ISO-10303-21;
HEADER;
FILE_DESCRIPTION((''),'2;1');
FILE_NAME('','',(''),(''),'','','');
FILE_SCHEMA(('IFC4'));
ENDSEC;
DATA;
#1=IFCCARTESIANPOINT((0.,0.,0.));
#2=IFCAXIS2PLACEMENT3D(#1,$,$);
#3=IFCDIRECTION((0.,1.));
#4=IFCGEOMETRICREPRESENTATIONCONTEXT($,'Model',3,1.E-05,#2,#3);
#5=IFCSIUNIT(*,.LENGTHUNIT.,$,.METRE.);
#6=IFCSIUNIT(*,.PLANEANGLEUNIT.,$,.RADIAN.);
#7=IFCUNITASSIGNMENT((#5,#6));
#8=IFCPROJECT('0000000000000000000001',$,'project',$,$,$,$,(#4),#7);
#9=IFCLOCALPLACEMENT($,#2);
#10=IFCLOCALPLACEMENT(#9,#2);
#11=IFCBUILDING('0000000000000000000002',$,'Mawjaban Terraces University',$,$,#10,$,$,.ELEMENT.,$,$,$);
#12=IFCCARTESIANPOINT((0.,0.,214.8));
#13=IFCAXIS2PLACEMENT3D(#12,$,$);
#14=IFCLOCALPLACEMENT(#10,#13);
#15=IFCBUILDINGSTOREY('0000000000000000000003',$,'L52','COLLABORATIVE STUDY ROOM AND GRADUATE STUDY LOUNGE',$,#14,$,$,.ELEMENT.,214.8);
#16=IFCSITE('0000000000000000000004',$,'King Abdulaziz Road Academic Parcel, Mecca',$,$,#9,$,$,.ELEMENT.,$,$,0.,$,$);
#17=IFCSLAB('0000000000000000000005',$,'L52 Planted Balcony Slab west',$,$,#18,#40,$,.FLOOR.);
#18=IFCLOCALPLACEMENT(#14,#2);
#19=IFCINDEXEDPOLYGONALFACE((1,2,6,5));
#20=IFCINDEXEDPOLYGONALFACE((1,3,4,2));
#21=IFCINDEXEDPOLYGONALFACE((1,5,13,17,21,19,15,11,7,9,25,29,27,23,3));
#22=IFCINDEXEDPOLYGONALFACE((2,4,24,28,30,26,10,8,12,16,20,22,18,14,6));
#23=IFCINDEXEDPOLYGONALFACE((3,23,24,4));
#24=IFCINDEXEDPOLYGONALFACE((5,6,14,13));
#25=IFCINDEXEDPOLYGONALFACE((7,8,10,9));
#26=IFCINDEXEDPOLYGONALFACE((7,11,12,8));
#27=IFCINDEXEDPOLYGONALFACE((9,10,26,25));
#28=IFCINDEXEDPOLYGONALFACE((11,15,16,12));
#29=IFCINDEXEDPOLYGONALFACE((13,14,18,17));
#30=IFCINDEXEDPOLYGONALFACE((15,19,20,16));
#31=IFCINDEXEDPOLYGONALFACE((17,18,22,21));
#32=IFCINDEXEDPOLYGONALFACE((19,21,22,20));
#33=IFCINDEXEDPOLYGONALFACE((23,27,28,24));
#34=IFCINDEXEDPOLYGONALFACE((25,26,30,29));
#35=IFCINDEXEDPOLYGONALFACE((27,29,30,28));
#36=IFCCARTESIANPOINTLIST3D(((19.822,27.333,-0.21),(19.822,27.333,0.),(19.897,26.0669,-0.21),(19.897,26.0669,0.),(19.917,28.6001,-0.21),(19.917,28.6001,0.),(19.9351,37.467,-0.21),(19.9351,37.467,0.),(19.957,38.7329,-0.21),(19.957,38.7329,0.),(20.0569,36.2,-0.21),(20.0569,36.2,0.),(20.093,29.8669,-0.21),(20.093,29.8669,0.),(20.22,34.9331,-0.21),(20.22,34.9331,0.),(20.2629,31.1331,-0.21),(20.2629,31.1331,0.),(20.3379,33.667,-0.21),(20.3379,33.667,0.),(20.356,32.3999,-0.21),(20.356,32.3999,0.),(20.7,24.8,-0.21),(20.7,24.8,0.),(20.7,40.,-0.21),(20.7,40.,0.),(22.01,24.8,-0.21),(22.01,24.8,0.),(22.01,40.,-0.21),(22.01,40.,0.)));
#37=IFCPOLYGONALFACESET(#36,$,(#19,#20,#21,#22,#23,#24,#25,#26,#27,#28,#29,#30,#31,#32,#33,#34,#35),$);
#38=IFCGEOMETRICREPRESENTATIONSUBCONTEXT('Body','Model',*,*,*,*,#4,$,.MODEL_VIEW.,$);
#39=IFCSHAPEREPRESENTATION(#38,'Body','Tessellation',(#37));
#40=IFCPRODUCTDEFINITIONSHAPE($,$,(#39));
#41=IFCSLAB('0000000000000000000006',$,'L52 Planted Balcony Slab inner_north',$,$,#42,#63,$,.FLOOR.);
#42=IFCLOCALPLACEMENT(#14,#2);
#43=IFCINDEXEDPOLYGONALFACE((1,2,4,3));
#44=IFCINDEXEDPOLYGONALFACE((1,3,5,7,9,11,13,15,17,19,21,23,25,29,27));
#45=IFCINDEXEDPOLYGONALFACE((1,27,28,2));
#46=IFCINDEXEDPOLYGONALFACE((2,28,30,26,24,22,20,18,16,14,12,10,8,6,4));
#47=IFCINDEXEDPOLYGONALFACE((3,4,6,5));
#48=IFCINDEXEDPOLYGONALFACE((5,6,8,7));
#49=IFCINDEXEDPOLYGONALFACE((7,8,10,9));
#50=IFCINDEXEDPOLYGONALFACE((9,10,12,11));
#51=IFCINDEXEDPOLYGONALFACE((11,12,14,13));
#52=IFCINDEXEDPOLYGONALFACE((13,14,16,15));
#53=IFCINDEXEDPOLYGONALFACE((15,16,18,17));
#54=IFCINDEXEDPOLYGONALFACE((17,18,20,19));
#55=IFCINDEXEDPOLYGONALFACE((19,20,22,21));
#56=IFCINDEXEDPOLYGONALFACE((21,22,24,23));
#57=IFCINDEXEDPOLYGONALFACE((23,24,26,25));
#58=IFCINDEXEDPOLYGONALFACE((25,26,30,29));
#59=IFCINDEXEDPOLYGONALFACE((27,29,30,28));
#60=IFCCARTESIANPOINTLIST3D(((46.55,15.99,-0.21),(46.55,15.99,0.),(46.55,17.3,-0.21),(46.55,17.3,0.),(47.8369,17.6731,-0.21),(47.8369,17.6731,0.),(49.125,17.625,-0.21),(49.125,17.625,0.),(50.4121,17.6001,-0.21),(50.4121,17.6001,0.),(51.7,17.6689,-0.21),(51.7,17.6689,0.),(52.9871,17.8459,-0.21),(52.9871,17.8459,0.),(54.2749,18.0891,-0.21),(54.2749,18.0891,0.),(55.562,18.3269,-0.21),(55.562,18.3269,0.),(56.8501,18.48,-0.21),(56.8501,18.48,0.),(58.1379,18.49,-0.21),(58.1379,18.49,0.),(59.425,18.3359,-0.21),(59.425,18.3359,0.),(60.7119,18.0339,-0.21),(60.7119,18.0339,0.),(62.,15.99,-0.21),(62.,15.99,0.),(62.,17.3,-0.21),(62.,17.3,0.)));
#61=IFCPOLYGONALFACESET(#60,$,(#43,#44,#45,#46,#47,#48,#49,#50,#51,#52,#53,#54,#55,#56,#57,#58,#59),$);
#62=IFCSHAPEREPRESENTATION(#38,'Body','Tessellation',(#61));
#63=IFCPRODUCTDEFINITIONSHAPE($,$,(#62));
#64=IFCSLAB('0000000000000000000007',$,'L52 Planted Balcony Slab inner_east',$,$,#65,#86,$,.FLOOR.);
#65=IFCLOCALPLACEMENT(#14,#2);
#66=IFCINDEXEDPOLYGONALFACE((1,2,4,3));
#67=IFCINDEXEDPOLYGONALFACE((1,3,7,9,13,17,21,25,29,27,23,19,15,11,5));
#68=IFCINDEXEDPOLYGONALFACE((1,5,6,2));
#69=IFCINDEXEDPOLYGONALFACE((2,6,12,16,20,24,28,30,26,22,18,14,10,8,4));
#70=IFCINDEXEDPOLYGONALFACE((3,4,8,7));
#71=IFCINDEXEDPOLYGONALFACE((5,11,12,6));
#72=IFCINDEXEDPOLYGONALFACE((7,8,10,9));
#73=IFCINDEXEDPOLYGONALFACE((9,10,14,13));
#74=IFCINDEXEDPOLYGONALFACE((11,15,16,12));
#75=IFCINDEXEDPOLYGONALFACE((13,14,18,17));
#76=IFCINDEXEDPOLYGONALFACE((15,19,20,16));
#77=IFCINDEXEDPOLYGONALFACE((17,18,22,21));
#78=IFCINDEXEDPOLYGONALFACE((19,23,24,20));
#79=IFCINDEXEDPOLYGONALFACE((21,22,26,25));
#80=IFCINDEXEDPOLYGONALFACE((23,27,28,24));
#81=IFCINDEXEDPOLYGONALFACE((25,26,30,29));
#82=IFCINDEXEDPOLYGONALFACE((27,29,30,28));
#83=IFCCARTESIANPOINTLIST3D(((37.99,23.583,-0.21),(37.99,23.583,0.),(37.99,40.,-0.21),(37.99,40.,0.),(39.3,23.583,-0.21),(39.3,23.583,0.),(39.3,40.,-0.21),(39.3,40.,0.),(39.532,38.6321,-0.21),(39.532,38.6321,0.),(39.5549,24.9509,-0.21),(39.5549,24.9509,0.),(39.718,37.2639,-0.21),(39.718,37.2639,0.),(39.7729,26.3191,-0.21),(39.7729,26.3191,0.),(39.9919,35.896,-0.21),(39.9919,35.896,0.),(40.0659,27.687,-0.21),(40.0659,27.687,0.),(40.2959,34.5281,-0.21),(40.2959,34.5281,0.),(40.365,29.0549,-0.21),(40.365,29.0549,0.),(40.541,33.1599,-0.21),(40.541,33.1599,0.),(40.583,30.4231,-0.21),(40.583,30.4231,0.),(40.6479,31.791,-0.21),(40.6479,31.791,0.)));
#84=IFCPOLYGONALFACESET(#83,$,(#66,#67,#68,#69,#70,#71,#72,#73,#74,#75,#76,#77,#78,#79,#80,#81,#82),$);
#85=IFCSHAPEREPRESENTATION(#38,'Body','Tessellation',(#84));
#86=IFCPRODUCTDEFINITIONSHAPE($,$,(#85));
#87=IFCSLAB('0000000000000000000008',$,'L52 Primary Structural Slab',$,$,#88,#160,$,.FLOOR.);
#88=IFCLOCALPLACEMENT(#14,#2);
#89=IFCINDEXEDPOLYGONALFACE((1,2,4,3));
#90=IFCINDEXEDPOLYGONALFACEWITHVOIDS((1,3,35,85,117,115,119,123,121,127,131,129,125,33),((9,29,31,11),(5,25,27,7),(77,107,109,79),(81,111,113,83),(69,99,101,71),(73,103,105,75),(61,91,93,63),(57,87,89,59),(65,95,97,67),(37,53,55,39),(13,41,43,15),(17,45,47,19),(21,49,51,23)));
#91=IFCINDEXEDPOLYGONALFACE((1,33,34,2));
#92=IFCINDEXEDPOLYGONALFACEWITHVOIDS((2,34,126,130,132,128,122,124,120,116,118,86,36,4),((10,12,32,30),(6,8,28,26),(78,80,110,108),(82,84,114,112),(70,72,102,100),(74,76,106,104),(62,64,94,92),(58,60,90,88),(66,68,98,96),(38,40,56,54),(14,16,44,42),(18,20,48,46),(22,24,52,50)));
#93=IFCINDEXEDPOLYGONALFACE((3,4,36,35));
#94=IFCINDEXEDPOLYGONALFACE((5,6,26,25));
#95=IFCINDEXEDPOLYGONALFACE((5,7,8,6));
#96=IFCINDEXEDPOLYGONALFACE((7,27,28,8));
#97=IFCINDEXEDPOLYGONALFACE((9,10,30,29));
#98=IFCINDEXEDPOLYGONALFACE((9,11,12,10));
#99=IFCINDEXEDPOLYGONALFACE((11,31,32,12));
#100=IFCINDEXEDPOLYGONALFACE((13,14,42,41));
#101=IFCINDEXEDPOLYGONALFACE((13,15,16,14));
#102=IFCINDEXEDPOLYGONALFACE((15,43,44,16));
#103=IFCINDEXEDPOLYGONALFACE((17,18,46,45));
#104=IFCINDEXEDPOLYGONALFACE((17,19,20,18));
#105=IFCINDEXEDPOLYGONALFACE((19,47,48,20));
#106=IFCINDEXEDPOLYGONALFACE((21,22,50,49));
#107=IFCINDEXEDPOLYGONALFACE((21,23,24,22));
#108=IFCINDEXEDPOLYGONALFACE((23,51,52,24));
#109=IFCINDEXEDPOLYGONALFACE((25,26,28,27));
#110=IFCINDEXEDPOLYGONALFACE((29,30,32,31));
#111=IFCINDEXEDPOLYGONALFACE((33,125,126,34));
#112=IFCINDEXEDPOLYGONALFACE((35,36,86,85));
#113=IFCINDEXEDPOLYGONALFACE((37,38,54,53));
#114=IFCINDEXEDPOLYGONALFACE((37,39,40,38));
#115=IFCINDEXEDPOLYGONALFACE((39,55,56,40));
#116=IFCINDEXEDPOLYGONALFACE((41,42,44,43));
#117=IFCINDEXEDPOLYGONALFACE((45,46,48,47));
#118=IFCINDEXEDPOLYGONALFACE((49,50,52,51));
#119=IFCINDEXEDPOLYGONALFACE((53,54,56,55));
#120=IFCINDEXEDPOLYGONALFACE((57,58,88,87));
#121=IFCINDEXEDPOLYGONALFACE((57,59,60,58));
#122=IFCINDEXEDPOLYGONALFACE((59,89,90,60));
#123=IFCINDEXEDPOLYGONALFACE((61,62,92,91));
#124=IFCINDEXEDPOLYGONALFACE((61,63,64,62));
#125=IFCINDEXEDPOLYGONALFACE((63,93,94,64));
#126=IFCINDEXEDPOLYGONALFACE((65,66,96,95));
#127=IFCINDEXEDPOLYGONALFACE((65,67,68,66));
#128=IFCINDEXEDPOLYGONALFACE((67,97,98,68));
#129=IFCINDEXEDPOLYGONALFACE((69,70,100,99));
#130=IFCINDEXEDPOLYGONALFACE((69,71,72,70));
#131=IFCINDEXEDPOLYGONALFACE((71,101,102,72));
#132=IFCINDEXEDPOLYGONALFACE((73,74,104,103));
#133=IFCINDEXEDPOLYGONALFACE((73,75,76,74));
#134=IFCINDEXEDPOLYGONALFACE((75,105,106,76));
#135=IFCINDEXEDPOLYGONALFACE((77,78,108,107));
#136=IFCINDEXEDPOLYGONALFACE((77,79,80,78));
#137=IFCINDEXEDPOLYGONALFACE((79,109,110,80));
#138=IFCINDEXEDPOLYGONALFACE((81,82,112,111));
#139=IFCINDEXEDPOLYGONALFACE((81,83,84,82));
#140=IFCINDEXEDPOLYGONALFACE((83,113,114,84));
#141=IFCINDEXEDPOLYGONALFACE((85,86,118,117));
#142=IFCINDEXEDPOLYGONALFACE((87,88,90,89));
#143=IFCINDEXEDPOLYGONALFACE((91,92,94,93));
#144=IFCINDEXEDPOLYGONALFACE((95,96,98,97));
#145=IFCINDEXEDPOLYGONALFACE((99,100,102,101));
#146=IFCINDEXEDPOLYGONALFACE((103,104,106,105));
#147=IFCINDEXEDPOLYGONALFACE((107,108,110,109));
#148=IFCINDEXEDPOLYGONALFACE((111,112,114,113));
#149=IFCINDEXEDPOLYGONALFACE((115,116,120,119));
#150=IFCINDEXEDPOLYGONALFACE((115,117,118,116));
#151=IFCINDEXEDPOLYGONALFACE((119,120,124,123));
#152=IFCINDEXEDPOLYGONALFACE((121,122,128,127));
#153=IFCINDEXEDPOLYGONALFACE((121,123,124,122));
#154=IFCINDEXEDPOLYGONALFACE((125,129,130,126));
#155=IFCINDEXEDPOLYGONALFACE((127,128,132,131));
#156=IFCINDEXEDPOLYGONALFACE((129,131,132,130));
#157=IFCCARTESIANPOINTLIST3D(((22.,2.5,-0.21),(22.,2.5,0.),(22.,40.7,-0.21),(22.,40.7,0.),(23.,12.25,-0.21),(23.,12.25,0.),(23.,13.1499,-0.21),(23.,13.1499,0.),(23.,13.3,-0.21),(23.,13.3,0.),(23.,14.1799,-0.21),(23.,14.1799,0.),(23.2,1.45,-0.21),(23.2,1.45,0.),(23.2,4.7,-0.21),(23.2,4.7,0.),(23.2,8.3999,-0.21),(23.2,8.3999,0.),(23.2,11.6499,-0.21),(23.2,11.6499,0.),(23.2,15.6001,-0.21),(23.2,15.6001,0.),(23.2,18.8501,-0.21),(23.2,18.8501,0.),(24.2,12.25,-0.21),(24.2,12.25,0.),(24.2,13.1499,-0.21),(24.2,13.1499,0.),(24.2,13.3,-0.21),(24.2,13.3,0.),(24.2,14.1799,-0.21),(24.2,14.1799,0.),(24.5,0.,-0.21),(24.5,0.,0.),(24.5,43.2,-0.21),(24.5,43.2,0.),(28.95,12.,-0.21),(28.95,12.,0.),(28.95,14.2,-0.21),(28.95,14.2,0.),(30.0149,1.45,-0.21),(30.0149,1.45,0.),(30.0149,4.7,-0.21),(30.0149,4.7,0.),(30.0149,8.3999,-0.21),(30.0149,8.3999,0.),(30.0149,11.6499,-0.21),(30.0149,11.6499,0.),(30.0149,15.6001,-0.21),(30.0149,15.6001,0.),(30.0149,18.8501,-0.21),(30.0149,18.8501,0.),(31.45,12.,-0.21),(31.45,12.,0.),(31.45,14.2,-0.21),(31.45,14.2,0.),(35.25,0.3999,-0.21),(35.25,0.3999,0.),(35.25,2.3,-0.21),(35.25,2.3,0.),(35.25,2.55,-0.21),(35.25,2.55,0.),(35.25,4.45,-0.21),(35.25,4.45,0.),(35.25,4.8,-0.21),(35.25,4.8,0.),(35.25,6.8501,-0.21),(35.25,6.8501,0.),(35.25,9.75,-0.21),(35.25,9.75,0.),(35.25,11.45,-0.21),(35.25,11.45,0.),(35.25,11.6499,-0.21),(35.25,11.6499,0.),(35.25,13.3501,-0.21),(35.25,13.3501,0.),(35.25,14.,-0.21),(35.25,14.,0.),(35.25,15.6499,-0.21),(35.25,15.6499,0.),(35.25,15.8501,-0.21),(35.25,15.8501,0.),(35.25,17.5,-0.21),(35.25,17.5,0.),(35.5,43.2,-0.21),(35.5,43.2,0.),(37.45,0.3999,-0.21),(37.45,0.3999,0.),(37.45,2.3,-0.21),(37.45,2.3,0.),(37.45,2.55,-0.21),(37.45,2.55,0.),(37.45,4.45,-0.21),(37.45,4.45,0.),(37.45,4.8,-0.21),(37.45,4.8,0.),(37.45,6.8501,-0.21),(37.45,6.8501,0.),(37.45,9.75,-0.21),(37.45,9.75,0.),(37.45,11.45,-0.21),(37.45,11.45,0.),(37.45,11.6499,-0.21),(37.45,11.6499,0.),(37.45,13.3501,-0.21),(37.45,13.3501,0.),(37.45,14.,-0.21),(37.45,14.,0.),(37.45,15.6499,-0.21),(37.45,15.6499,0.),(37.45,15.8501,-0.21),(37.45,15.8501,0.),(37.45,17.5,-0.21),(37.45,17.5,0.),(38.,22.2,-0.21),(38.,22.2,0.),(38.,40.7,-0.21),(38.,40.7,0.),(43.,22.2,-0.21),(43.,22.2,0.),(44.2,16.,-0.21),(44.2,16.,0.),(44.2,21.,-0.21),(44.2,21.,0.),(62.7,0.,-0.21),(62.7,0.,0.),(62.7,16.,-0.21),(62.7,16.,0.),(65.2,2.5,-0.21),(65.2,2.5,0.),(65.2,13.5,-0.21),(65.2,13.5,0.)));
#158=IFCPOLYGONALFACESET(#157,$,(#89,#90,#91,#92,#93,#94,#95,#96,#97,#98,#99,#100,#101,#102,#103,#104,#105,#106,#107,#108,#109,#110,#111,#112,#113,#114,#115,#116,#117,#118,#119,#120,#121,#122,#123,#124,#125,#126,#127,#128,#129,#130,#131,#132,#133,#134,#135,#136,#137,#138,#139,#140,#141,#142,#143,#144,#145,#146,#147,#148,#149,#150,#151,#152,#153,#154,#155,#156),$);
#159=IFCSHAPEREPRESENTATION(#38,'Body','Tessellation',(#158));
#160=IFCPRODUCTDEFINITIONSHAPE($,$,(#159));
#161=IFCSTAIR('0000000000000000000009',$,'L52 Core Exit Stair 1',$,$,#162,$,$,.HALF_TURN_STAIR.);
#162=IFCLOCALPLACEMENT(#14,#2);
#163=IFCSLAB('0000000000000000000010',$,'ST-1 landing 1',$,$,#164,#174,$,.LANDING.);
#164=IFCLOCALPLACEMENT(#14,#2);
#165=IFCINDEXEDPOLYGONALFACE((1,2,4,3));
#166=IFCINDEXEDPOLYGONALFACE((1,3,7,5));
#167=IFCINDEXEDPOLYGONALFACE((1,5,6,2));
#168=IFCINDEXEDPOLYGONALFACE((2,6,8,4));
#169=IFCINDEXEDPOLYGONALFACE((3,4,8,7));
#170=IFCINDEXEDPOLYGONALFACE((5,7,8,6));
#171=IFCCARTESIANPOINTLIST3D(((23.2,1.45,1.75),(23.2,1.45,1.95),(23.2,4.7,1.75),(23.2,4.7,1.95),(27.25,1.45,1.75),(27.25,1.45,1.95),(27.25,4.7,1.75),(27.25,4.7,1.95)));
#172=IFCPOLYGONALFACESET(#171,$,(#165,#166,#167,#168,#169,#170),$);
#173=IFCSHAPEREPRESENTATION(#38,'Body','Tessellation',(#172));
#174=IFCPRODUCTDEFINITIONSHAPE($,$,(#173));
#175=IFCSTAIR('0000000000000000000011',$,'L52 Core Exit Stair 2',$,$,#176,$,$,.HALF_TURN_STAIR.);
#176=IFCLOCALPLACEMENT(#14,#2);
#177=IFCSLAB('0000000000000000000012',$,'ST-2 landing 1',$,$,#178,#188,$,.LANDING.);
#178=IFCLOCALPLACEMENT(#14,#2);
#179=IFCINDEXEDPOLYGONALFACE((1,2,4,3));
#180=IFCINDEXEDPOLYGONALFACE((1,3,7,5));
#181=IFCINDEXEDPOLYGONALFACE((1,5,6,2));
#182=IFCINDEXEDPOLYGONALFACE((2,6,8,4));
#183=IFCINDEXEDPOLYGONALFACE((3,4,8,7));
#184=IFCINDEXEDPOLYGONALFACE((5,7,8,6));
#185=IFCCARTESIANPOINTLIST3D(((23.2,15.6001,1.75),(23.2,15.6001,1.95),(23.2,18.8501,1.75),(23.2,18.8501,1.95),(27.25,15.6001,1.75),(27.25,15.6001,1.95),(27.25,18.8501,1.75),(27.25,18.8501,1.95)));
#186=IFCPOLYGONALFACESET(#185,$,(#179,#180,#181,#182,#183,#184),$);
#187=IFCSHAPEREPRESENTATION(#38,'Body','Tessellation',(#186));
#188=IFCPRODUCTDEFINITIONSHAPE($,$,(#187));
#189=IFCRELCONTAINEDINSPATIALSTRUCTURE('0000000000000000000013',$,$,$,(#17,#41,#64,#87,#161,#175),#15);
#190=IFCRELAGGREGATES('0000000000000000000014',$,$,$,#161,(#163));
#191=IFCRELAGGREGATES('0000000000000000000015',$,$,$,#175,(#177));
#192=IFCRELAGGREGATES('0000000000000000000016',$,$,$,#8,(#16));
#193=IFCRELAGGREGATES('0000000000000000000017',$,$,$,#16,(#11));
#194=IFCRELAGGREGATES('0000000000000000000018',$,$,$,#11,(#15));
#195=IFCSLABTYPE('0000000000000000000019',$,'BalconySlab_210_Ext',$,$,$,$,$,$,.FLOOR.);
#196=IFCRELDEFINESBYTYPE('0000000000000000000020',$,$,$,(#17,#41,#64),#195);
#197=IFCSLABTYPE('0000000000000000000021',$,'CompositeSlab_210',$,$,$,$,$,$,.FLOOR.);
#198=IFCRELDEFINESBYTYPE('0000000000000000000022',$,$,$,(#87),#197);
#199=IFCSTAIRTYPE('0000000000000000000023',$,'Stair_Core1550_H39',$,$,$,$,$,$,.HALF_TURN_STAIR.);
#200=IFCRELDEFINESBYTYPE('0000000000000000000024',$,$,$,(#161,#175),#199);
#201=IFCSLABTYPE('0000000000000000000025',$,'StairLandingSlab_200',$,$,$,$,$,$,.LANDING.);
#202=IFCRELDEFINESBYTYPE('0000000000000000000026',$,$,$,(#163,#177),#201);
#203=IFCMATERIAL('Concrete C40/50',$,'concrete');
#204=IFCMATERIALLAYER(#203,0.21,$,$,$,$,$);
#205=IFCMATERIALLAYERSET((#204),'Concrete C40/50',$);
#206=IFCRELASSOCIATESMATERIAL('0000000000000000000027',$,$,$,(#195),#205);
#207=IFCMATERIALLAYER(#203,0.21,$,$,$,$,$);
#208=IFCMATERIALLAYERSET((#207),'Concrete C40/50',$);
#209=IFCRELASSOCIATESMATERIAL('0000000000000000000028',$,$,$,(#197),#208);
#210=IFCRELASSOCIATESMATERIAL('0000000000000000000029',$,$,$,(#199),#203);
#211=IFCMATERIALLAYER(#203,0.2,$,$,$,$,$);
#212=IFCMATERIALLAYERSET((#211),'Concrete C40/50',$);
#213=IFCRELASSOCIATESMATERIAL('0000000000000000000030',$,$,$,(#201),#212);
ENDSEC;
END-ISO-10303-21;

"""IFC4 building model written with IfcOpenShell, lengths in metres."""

from ifc_helpers import new_model, si_unit, direction, frame, origin, place, context, subcontext, project, spatial, polyline, outline, extrude, material, layer, layer_set, type_object, element, aggregate, save


model = new_model("IFC4")

# Units and contexts
model_context = context("Model", 3, precision=1e-05, world=origin(), true_north=direction((0.0, 1.0)))
body_context = subcontext(model_context, "Body", "Model", "MODEL_VIEW")
ifc_project = project(units=[si_unit("LENGTHUNIT", "METRE"), si_unit("PLANEANGLEUNIT", "RADIAN")], contexts=[model_context])

# Site, building, storey
site_placement = place(None, origin())
site = spatial("IfcSite", under=ifc_project, at=site_placement, Name="King Abdulaziz Road Academic Parcel, Mecca", CompositionType="ELEMENT", RefElevation=0.0)
building_placement = place(site_placement, origin())
building = spatial("IfcBuilding", under=site, at=building_placement, Name="Mawjaban Terraces University", CompositionType="ELEMENT")
storey_placement = place(building_placement, frame((0.0, 0.0, 214.8)))
storey = spatial("IfcBuildingStorey", under=building, at=storey_placement, Name="L52", Description="COLLABORATIVE STUDY ROOM AND GRADUATE STUDY LOUNGE", CompositionType="ELEMENT", Elevation=214.8)

# Slabs
ifc_material_1 = material(Name="Concrete C40/50", Category="concrete")
ifc_layer_1 = layer(ifc_material_1, 0.21)
ifc_layer_set_1 = layer_set([ifc_layer_1], Name="Concrete C40/50")
slab_type_1 = type_object("IfcSlabType", Name="BalconySlab_210_Ext", PredefinedType="FLOOR", material=ifc_layer_set_1)
slab_1_placement = place(storey_placement, frame((0.0, 0.0, -0.21)))
element("IfcSlab", 1, at=slab_1_placement, inside=storey, type_object=slab_type_1, Name="L52 Planted Balcony Slab west", PredefinedType="FLOOR", context=body_context, shape_type="SweptSolid", body=[
    extrude(outline(polyline([(22.01, 24.8), (22.01, 40.0), (20.7, 40.0), (19.957, 38.7329), (19.9351, 37.467), (20.0569, 36.2), (20.22, 34.9331), (20.3379, 33.667), (20.356, 32.3999), (20.2629, 31.1331), (20.093, 29.8669), (19.917, 28.6001), (19.822, 27.333), (19.897, 26.0669), (20.7, 24.8), (22.01, 24.8)])), origin(), (0.0, 0.0, 1.0), 0.21),
])
slab_2_placement = place(storey_placement, frame((0.0, 0.0, -0.21)))
element("IfcSlab", 2, at=slab_2_placement, inside=storey, type_object=slab_type_1, Name="L52 Planted Balcony Slab inner_north", PredefinedType="FLOOR", context=body_context, shape_type="SweptSolid", body=[
    extrude(outline(polyline([(46.55, 15.99), (62.0, 15.99), (62.0, 17.3), (60.7119, 18.0339), (59.425, 18.3359), (58.1379, 18.49), (56.8501, 18.48), (55.562, 18.3269), (54.2749, 18.0891), (52.9871, 17.8459), (51.7, 17.6689), (50.4121, 17.6001), (49.125, 17.625), (47.8369, 17.6731), (46.55, 17.3), (46.55, 15.99)])), origin(), (0.0, 0.0, 1.0), 0.21),
])
slab_3_placement = place(storey_placement, frame((0.0, 0.0, -0.21)))
element("IfcSlab", 3, at=slab_3_placement, inside=storey, type_object=slab_type_1, Name="L52 Planted Balcony Slab inner_east", PredefinedType="FLOOR", context=body_context, shape_type="SweptSolid", body=[
    extrude(outline(polyline([(39.3, 23.583), (39.5549, 24.9509), (39.7729, 26.3191), (40.0659, 27.687), (40.365, 29.0549), (40.583, 30.4231), (40.6479, 31.791), (40.541, 33.1599), (40.2959, 34.5281), (39.9919, 35.896), (39.718, 37.2639), (39.532, 38.6321), (39.3, 40.0), (37.99, 40.0), (37.99, 23.583), (39.3, 23.583)])), origin(), (0.0, 0.0, 1.0), 0.21),
])
ifc_layer_2 = layer(ifc_material_1, 0.21)
ifc_layer_set_2 = layer_set([ifc_layer_2], Name="Concrete C40/50")
slab_type_2 = type_object("IfcSlabType", Name="CompositeSlab_210", PredefinedType="FLOOR", material=ifc_layer_set_2)
slab_4_placement = place(storey_placement, frame((0.0, 0.0, -0.21)))
element("IfcSlab", 4, at=slab_4_placement, inside=storey, type_object=slab_type_2, Name="L52 Primary Structural Slab", PredefinedType="FLOOR", context=body_context, shape_type="SweptSolid", body=[
    extrude(outline(polyline([(24.5, 0.0), (62.7, 0.0), (65.2, 2.5), (65.2, 13.5), (62.7, 16.0), (44.2, 16.0), (44.2, 21.0), (43.0, 22.2), (38.0, 22.2), (38.0, 40.7), (35.5, 43.2), (24.5, 43.2), (22.0, 40.7), (22.0, 2.5), (24.5, 0.0)]), holes=[polyline([(30.0149, 4.7), (23.2, 4.7), (23.2, 1.45), (30.0149, 1.45), (30.0149, 4.7)]), polyline([(30.0149, 18.8501), (23.2, 18.8501), (23.2, 15.6001), (30.0149, 15.6001), (30.0149, 18.8501)]), polyline([(30.0149, 11.6499), (23.2, 11.6499), (23.2, 8.3999), (30.0149, 8.3999), (30.0149, 11.6499)]), polyline([(35.25, 0.3999), (37.45, 0.3999), (37.45, 2.3), (35.25, 2.3), (35.25, 0.3999)]), polyline([(35.25, 2.55), (37.45, 2.55), (37.45, 4.45), (35.25, 4.45), (35.25, 2.55)]), polyline([(35.25, 4.8), (37.45, 4.8), (37.45, 6.8501), (35.25, 6.8501), (35.25, 4.8)]), polyline([(35.25, 9.75), (37.45, 9.75), (37.45, 11.45), (35.25, 11.45), (35.25, 9.75)]), polyline([(35.25, 11.6499), (37.45, 11.6499), (37.45, 13.3501), (35.25, 13.3501), (35.25, 11.6499)]), polyline([(28.95, 12.0), (31.45, 12.0), (31.45, 14.2), (28.95, 14.2), (28.95, 12.0)]), polyline([(35.25, 14.0), (37.45, 14.0), (37.45, 15.6499), (35.25, 15.6499), (35.25, 14.0)]), polyline([(35.25, 15.8501), (37.45, 15.8501), (37.45, 17.5), (35.25, 17.5), (35.25, 15.8501)]), polyline([(23.0, 12.25), (24.2, 12.25), (24.2, 13.1499), (23.0, 13.1499), (23.0, 12.25)]), polyline([(23.0, 13.3), (24.2, 13.3), (24.2, 14.1799), (23.0, 14.1799), (23.0, 13.3)])]), origin(), (0.0, 0.0, 1.0), 0.21),
])

# Stairs, slabs
stair_type = type_object("IfcStairType", Name="Stair_Core1550_H39", PredefinedType="HALF_TURN_STAIR", material=ifc_material_1)
stair_1_placement = place(storey_placement, origin())
stair_1 = element("IfcStair", 5, at=stair_1_placement, inside=storey, type_object=stair_type, Name="L52 Core Exit Stair 1", PredefinedType="HALF_TURN_STAIR")
ifc_layer_3 = layer(ifc_material_1, 0.2)
ifc_layer_set_3 = layer_set([ifc_layer_3], Name="Concrete C40/50")
slab_type_3 = type_object("IfcSlabType", Name="StairLandingSlab_200", PredefinedType="LANDING", material=ifc_layer_set_3)
slab_5_placement = place(storey_placement, frame((0.0, 0.0, 1.75)))
slab_5 = element("IfcSlab", 6, at=slab_5_placement, type_object=slab_type_3, Name="ST-1 landing 1", PredefinedType="LANDING", context=body_context, shape_type="SweptSolid", body=[
    extrude(outline(polyline([(27.25, 4.7), (23.2, 4.7), (23.2, 1.45), (27.25, 1.45), (27.25, 4.7)])), origin(), (0.0, 0.0, 1.0), 0.2),
])
aggregate(stair_1, [slab_5])
stair_2_placement = place(storey_placement, origin())
stair_2 = element("IfcStair", 7, at=stair_2_placement, inside=storey, type_object=stair_type, Name="L52 Core Exit Stair 2", PredefinedType="HALF_TURN_STAIR")
slab_6_placement = place(storey_placement, frame((0.0, 0.0, 1.75)))
slab_6 = element("IfcSlab", 8, at=slab_6_placement, type_object=slab_type_3, Name="ST-2 landing 1", PredefinedType="LANDING", context=body_context, shape_type="SweptSolid", body=[
    extrude(outline(polyline([(27.25, 18.8501), (23.2, 18.8501), (23.2, 15.6001), (27.25, 15.6001), (27.25, 18.8501)])), origin(), (0.0, 0.0, 1.0), 0.2),
])
aggregate(stair_2, [slab_6])

save(model, "model.ifc")
